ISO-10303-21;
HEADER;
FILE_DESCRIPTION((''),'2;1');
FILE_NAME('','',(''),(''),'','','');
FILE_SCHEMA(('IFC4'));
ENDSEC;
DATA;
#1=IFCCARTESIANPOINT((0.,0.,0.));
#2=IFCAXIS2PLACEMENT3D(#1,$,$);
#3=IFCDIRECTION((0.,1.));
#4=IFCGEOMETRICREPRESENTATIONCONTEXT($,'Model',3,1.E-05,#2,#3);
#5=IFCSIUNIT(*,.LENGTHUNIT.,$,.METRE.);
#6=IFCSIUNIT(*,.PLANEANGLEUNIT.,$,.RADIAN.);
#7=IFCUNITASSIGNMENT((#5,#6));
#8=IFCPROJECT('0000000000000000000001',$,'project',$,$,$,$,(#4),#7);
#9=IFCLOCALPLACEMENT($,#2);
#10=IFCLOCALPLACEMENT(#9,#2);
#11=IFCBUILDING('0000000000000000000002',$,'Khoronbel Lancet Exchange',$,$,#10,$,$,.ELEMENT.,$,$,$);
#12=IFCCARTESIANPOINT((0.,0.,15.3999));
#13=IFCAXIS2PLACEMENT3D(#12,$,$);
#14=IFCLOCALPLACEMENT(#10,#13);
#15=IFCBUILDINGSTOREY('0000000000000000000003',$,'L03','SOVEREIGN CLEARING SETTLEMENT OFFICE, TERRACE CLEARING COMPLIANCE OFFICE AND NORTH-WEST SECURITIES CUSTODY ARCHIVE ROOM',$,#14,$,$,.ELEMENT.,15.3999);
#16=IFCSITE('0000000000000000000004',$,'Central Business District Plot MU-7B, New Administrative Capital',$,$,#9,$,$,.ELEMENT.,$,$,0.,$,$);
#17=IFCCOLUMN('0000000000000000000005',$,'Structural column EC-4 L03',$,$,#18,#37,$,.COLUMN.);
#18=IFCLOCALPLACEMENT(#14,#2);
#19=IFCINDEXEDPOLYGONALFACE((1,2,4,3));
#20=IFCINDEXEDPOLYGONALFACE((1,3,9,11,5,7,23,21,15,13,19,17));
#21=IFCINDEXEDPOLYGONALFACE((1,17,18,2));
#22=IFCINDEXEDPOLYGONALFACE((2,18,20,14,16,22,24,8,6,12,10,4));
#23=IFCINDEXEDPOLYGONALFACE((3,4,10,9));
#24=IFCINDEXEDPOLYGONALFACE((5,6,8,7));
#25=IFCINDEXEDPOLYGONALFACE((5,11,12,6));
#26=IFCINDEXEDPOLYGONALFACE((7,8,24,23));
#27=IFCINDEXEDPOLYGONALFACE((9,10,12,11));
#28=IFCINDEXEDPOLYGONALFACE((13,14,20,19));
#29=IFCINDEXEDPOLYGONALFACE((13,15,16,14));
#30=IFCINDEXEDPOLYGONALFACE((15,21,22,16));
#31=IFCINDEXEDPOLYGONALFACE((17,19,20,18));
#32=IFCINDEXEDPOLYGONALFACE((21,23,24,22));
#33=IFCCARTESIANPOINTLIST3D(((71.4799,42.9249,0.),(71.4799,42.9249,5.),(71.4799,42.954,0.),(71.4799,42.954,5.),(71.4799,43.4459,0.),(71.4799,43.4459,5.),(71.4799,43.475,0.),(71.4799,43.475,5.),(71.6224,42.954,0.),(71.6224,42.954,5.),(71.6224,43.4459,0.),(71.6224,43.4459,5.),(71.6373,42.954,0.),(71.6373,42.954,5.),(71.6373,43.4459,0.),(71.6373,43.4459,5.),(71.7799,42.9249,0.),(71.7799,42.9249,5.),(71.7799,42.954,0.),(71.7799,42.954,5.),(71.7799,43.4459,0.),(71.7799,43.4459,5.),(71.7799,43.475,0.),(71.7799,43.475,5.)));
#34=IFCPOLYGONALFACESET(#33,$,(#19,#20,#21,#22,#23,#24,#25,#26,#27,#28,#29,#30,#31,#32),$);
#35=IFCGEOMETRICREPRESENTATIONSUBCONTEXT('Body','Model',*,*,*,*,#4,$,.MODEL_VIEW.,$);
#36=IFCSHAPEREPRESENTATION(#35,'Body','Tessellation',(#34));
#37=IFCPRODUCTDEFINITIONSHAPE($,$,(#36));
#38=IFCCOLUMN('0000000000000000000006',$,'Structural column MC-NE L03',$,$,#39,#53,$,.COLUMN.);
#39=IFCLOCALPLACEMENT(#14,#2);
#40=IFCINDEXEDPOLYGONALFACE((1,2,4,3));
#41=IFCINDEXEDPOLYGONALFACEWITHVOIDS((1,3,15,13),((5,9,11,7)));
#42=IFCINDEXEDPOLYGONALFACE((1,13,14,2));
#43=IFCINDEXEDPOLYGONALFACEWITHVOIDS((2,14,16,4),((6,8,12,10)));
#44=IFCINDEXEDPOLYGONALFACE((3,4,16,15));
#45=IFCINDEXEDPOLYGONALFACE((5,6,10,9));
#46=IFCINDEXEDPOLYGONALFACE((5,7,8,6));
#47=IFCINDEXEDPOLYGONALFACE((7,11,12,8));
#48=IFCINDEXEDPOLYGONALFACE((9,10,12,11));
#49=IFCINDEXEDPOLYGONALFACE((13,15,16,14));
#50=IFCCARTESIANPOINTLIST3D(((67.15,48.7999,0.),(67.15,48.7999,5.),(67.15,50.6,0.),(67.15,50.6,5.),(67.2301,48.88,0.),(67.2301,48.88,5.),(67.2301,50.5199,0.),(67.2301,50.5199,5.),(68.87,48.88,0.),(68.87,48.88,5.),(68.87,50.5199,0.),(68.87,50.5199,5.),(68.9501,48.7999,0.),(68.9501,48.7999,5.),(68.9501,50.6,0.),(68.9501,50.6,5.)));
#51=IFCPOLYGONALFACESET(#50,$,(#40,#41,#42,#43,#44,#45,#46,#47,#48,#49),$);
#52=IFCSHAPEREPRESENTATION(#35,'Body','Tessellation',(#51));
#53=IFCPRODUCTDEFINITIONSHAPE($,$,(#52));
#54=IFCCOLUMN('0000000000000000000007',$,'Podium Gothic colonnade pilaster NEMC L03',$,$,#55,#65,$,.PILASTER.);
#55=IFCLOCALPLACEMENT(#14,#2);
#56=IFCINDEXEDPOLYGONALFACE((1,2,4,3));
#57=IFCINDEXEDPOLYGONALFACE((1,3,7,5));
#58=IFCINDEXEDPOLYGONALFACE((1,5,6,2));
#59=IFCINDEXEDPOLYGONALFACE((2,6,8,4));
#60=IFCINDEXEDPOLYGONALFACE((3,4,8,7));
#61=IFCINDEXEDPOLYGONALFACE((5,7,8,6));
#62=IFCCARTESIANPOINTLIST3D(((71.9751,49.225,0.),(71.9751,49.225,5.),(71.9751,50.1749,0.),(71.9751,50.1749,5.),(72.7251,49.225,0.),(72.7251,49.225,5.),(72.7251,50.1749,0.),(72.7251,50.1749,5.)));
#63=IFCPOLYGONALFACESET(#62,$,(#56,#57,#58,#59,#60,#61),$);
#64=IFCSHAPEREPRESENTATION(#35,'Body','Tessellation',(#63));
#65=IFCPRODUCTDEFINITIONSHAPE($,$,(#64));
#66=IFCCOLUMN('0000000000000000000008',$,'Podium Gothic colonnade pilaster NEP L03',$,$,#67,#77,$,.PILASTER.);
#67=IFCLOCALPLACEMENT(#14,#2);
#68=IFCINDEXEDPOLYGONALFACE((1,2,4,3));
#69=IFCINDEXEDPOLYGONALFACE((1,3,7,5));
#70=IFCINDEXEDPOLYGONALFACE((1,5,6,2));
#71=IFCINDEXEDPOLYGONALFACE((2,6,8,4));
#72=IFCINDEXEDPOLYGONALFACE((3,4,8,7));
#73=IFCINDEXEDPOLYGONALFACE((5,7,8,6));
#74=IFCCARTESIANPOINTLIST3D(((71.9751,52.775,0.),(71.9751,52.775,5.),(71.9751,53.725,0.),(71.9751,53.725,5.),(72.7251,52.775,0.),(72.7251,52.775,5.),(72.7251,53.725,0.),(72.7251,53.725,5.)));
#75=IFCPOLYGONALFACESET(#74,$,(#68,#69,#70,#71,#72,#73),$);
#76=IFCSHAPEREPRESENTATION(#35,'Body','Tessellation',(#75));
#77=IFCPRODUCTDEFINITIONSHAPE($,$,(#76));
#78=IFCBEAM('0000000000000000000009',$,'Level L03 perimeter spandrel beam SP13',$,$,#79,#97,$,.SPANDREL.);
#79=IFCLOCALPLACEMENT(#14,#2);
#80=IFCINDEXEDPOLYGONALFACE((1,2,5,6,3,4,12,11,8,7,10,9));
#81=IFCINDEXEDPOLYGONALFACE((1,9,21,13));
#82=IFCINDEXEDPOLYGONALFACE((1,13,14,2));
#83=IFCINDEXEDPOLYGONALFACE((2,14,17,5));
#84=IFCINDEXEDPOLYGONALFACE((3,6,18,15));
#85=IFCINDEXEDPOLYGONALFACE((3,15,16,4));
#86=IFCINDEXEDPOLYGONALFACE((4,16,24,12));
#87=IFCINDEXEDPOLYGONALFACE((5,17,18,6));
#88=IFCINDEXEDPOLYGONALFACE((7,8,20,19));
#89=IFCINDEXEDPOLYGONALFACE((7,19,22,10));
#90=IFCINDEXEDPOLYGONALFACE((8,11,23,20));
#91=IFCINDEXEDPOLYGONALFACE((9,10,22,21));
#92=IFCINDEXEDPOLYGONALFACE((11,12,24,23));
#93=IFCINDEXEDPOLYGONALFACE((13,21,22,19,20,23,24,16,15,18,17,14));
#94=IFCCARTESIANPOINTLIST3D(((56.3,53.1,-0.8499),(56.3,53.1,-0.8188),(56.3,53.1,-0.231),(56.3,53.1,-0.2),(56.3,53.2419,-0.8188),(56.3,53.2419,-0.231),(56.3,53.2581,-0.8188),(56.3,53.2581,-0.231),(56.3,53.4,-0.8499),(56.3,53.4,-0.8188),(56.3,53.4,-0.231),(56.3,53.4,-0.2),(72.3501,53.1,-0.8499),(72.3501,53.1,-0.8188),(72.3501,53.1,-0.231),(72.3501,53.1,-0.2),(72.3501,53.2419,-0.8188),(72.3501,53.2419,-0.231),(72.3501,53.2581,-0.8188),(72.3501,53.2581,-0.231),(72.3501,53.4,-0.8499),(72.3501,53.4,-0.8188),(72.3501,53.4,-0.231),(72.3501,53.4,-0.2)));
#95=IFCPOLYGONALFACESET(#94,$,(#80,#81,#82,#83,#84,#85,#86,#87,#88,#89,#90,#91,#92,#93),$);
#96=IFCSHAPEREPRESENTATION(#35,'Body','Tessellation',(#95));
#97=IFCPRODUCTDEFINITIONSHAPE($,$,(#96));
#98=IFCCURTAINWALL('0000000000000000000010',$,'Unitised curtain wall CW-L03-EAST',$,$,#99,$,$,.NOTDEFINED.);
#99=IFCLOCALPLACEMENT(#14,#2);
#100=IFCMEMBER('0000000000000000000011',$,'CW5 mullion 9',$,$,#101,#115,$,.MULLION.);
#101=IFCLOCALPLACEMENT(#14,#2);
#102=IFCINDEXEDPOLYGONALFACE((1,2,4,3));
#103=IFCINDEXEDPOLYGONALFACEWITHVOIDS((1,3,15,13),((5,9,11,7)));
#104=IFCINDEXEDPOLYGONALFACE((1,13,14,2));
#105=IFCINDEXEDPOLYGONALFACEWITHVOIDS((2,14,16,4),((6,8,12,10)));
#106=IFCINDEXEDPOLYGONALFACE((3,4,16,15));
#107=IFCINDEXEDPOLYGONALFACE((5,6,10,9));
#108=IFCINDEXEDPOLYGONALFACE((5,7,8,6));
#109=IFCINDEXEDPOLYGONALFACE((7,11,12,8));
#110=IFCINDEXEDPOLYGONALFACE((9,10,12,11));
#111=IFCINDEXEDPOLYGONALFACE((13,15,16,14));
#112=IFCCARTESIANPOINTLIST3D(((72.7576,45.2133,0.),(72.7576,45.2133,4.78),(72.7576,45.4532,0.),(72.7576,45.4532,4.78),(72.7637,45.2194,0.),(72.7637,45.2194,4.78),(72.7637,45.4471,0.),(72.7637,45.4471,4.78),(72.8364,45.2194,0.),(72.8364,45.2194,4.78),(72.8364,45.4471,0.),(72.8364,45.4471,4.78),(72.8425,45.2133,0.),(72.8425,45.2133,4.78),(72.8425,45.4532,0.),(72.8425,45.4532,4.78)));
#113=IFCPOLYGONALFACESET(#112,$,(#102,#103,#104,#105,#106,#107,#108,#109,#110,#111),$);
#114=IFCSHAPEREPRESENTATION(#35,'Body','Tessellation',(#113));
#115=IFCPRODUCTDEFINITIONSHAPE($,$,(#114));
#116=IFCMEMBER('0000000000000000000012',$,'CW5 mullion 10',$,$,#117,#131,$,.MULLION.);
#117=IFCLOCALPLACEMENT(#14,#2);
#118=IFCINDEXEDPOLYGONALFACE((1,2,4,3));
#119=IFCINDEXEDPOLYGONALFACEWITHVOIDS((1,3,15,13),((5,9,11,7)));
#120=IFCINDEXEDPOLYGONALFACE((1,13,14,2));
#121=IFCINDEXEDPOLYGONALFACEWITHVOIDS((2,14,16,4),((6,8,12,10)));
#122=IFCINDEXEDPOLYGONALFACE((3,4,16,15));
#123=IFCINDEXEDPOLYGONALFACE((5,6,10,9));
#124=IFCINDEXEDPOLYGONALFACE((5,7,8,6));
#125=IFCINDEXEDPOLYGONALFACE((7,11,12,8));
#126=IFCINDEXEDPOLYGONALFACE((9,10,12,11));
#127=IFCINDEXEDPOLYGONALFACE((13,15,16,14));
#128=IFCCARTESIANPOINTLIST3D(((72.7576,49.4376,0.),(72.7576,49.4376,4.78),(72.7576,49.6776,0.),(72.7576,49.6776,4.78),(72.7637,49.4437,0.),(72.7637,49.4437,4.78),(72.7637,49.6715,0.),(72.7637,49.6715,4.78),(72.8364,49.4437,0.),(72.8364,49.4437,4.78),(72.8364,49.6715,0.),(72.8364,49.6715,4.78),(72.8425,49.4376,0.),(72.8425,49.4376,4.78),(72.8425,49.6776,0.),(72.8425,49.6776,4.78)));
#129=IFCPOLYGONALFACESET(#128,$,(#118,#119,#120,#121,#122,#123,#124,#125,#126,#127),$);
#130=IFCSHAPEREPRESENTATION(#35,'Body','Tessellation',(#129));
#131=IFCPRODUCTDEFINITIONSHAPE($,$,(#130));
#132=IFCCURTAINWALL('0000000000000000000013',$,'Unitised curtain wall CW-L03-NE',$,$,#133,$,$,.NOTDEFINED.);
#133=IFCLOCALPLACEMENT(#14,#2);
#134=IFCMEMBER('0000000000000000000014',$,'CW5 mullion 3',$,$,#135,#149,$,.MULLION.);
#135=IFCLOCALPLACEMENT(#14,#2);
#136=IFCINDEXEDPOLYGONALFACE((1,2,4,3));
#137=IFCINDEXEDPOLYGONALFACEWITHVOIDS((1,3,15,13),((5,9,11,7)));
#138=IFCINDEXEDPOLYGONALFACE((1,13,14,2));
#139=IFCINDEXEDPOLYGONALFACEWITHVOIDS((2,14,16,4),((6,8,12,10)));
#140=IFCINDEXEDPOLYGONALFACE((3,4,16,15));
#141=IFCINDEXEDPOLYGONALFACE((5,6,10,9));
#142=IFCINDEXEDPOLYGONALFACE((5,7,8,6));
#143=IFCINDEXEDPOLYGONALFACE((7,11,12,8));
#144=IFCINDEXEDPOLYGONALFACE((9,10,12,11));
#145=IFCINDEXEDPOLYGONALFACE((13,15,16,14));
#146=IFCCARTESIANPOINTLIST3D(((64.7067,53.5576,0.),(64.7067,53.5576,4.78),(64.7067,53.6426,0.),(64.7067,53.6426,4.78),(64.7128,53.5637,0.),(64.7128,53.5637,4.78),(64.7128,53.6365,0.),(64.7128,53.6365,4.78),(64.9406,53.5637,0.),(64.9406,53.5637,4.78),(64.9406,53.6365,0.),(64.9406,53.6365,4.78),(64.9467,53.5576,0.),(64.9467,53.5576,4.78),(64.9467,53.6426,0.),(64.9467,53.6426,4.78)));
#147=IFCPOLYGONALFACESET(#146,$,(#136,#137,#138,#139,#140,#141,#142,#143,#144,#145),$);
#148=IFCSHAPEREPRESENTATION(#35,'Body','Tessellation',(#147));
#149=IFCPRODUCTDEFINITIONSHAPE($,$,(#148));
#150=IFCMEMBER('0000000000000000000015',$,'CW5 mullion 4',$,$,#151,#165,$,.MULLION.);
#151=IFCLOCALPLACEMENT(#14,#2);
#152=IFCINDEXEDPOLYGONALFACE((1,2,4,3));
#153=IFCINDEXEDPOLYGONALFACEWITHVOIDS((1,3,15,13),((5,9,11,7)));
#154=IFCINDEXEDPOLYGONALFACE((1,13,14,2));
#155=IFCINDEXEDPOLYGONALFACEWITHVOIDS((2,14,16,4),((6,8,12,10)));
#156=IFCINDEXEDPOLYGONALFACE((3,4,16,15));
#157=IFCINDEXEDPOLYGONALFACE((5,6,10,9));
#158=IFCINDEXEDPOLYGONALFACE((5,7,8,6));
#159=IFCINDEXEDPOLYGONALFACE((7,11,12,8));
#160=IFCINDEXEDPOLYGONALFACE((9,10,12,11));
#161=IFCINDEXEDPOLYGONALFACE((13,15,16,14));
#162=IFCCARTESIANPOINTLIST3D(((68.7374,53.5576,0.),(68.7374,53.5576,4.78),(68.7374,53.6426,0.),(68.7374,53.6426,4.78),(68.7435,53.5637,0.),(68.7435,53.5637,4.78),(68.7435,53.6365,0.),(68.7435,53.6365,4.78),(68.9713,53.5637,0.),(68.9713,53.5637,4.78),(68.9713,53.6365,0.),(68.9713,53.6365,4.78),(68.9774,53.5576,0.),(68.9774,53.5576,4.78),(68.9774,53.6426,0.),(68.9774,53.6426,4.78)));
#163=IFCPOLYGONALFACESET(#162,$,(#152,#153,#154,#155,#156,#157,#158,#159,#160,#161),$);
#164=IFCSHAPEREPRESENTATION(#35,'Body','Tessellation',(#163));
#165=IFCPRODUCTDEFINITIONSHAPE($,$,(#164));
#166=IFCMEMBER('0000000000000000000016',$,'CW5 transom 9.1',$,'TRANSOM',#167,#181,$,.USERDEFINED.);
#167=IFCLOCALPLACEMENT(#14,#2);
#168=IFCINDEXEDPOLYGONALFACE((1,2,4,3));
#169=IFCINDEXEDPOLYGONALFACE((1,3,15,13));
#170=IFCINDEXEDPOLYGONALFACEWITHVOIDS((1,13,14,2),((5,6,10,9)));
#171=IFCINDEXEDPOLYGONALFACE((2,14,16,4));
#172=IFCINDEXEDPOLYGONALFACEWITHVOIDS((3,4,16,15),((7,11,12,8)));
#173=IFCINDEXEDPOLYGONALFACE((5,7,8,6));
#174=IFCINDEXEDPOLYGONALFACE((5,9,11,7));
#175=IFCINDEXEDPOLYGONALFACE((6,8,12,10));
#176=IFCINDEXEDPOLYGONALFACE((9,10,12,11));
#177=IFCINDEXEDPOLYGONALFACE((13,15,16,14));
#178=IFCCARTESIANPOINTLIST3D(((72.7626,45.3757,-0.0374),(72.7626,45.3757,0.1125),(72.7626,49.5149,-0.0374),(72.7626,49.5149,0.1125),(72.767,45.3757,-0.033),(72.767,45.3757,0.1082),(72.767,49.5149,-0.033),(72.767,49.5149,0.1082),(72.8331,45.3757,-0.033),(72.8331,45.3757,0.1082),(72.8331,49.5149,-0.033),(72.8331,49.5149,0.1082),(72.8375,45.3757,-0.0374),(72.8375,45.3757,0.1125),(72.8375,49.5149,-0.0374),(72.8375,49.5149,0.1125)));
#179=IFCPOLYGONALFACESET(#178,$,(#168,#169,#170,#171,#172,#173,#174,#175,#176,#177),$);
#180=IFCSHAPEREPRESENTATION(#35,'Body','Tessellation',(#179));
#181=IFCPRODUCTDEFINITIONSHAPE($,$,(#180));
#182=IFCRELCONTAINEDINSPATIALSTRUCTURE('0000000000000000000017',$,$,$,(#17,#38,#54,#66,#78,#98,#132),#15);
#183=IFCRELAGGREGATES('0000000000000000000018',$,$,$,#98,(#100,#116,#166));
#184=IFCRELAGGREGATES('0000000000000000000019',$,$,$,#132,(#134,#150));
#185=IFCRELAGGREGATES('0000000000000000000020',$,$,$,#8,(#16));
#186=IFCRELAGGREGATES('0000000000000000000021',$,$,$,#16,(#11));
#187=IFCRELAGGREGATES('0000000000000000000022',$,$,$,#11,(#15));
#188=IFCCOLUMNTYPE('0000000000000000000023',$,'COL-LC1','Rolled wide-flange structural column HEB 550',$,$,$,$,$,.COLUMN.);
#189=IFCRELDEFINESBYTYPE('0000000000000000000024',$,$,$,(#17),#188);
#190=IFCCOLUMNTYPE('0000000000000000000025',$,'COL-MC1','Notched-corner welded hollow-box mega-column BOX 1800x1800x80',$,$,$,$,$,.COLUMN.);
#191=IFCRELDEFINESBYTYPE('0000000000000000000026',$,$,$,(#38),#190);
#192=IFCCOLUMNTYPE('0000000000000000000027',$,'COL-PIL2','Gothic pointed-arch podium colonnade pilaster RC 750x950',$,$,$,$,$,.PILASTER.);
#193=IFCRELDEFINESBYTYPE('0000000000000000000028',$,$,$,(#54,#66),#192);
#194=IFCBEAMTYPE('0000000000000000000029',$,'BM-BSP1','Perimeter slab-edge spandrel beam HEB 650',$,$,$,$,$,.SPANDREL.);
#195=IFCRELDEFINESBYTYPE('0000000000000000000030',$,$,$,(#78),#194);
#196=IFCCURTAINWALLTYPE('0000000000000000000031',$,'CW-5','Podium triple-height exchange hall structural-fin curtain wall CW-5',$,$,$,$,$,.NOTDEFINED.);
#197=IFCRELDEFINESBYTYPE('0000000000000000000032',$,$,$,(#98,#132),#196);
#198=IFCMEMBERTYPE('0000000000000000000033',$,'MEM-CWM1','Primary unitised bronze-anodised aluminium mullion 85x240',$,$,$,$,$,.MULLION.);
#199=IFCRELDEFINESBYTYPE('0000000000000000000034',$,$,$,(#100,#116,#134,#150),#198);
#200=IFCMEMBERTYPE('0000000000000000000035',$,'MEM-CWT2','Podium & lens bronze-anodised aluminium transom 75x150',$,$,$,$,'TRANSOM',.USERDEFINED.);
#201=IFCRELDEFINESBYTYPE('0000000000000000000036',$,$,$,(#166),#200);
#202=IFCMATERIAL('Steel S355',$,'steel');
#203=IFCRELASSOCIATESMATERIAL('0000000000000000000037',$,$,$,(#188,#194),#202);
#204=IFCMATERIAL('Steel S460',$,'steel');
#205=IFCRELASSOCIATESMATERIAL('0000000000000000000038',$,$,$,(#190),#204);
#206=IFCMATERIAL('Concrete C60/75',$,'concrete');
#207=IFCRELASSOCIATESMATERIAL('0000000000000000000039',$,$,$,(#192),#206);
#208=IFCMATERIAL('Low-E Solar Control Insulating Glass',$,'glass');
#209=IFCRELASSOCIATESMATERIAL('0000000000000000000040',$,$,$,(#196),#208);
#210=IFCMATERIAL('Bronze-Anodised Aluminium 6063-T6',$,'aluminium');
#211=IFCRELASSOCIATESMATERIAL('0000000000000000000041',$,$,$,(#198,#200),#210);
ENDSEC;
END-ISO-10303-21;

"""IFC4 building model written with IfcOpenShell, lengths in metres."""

from ifc_helpers import new_model, si_unit, direction, frame, origin, origin_2d, place, context, subcontext, project, spatial, rectangle, hollow_rectangle, i_section, extrude, material, material_profile, profile_set, type_object, element, aggregate, save


model = new_model("IFC4")

# Units and contexts
model_context = context("Model", 3, precision=1e-05, world=origin(), true_north=direction((0.0, 1.0)))
body_context = subcontext(model_context, "Body", "Model", "MODEL_VIEW")
ifc_project = project(units=[si_unit("LENGTHUNIT", "METRE"), si_unit("PLANEANGLEUNIT", "RADIAN")], contexts=[model_context])

# Site, building, storey
site_placement = place(None, origin())
site = spatial("IfcSite", under=ifc_project, at=site_placement, Name="Central Business District Plot MU-7B, New Administrative Capital", CompositionType="ELEMENT", RefElevation=0.0)
building_placement = place(site_placement, origin())
building = spatial("IfcBuilding", under=site, at=building_placement, Name="Khoronbel Lancet Exchange", CompositionType="ELEMENT")
storey_placement = place(building_placement, frame((0.0, 0.0, 15.3999)))
storey = spatial("IfcBuildingStorey", under=building, at=storey_placement, Name="L03", Description="SOVEREIGN CLEARING SETTLEMENT OFFICE, TERRACE CLEARING COMPLIANCE OFFICE AND NORTH-WEST SECURITIES CUSTODY ARCHIVE ROOM", CompositionType="ELEMENT", Elevation=15.3999)

# Columns
ifc_material_1 = material(Name="Steel S355", Category="steel")
ifc_material_profile_1 = material_profile(ifc_material_1, i_section(OverallWidth=0.3, OverallDepth=0.55, WebThickness=0.0149, FlangeThickness=0.0291, at=origin_2d()), Name="HEB 550")
ifc_profile_set_1 = profile_set([ifc_material_profile_1], Name="Steel S355")
column_type_1 = type_object("IfcColumnType", Name="COL-LC1", Description="Rolled wide-flange structural column HEB 550", PredefinedType="COLUMN", material=ifc_profile_set_1)
column_1_placement = place(storey_placement, frame((71.6299, 43.2, 0.0), z_axis=(0.0, 0.0, 1.0), x_axis=(1.0, 0.0, 0.0)))
element("IfcColumn", 1, at=column_1_placement, inside=storey, type_object=column_type_1, Name="Structural column EC-4 L03", PredefinedType="COLUMN", context=body_context, shape_type="SweptSolid", body=[
    extrude(i_section(OverallWidth=0.3, OverallDepth=0.55, WebThickness=0.0149, FlangeThickness=0.0291, at=origin_2d()), origin(), (0.0, 0.0, 1.0), 5.0),
])
ifc_material_2 = material(Name="Steel S460", Category="steel")
ifc_material_profile_2 = material_profile(ifc_material_2, hollow_rectangle(XDim=1.8, YDim=1.8, WallThickness=0.0801, at=origin_2d()), Name="BOX 1800x1800x80")
ifc_profile_set_2 = profile_set([ifc_material_profile_2], Name="Steel S460")
column_type_2 = type_object("IfcColumnType", Name="COL-MC1", Description="Notched-corner welded hollow-box mega-column BOX 1800x1800x80", PredefinedType="COLUMN", material=ifc_profile_set_2)
column_2_placement = place(storey_placement, frame((68.05, 49.7, 0.0), z_axis=(0.0, 0.0, 1.0), x_axis=(1.0, 0.0, 0.0)))
element("IfcColumn", 2, at=column_2_placement, inside=storey, type_object=column_type_2, Name="Structural column MC-NE L03", PredefinedType="COLUMN", context=body_context, shape_type="SweptSolid", body=[
    extrude(hollow_rectangle(XDim=1.8, YDim=1.8, WallThickness=0.0801, at=origin_2d()), origin(), (0.0, 0.0, 1.0), 5.0),
])
ifc_material_3 = material(Name="Concrete C60/75", Category="concrete")
ifc_material_profile_3 = material_profile(ifc_material_3, rectangle(XDim=0.75, YDim=0.95, at=origin_2d()), Name="RC 750x950")
ifc_profile_set_3 = profile_set([ifc_material_profile_3], Name="Concrete C60/75")
column_type_3 = type_object("IfcColumnType", Name="COL-PIL2", Description="Gothic pointed-arch podium colonnade pilaster RC 750x950", PredefinedType="PILASTER", material=ifc_profile_set_3)
for number, where, z_axis, x_axis, name in (
    (3, (72.3501, 49.7, 0.0), (0.0, 0.0, 1.0), (1.0, 0.0, 0.0), "Podium Gothic colonnade pilaster NEMC L03"),
    (4, (72.3501, 53.25, 0.0), (0.0, 0.0, 1.0), (1.0, 0.0, 0.0), "Podium Gothic colonnade pilaster NEP L03"),
):
    element("IfcColumn", number, at=place(storey_placement, frame(where, z_axis=z_axis, x_axis=x_axis)), inside=storey, type_object=column_type_3, Name=name, PredefinedType="PILASTER", context=body_context, shape_type="SweptSolid", body=[
        extrude(rectangle(XDim=0.75, YDim=0.95, at=origin_2d()), origin(), (0.0, 0.0, 1.0), 5.0),
    ])

# Beam
ifc_material_profile_4 = material_profile(ifc_material_1, i_section(OverallWidth=0.3, OverallDepth=0.6499, WebThickness=0.0161, FlangeThickness=0.031, at=origin_2d()), Name="HEB 650")
ifc_profile_set_4 = profile_set([ifc_material_profile_4], Name="Steel S355")
beam_type = type_object("IfcBeamType", Name="BM-BSP1", Description="Perimeter slab-edge spandrel beam HEB 650", PredefinedType="SPANDREL", material=ifc_profile_set_4)
beam_placement = place(storey_placement, frame((72.3501, 53.25, -0.5249), z_axis=(-1.0, 0.0, 0.0), x_axis=(0.0, -1.0, 0.0)))
element("IfcBeam", 5, at=beam_placement, inside=storey, type_object=beam_type, Name="Level L03 perimeter spandrel beam SP13", PredefinedType="SPANDREL", context=body_context, shape_type="SweptSolid", body=[
    extrude(i_section(OverallWidth=0.3, OverallDepth=0.6499, WebThickness=0.0161, FlangeThickness=0.031, at=origin_2d()), origin(), (0.0, 0.0, 1.0), 16.05),
])

# Curtain walls, members
ifc_material_4 = material(Name="Low-E Solar Control Insulating Glass", Category="glass")
curtain_wall_type = type_object("IfcCurtainWallType", Name="CW-5", Description="Podium triple-height exchange hall structural-fin curtain wall CW-5", PredefinedType="NOTDEFINED", material=ifc_material_4)
curtain_wall_1_placement = place(storey_placement, origin())
curtain_wall_1 = element("IfcCurtainWall", 6, at=curtain_wall_1_placement, inside=storey, type_object=curtain_wall_type, Name="Unitised curtain wall CW-L03-EAST", PredefinedType="NOTDEFINED")
ifc_material_5 = material(Name="Bronze-Anodised Aluminium 6063-T6", Category="aluminium")
ifc_material_profile_5 = material_profile(ifc_material_5, hollow_rectangle(XDim=0.085, YDim=0.24, WallThickness=0.0061, at=origin_2d()), Name="ALU MULLION 85x240")
ifc_profile_set_5 = profile_set([ifc_material_profile_5], Name="Bronze-Anodised Aluminium 6063-T6")
member_type_1 = type_object("IfcMemberType", Name="MEM-CWM1", Description="Primary unitised bronze-anodised aluminium mullion 85x240", PredefinedType="MULLION", material=ifc_profile_set_5)
member_1_placement = place(storey_placement, frame((72.8, 45.3333, 0.0), z_axis=(0.0, 0.0, 1.0), x_axis=(-1.0, 0.0, 0.0)))
member_1 = element("IfcMember", 7, at=member_1_placement, type_object=member_type_1, Name="CW5 mullion 9", PredefinedType="MULLION", context=body_context, shape_type="SweptSolid", body=[
    extrude(hollow_rectangle(XDim=0.085, YDim=0.24, WallThickness=0.0061, at=origin_2d()), origin(), (0.0, 0.0, 1.0), 4.78),
])
member_2_placement = place(storey_placement, frame((72.8, 49.5576, 0.0), z_axis=(0.0, 0.0, 1.0), x_axis=(-1.0, 0.0, 0.0)))
member_2 = element("IfcMember", 8, at=member_2_placement, type_object=member_type_1, Name="CW5 mullion 10", PredefinedType="MULLION", context=body_context, shape_type="SweptSolid", body=[
    extrude(hollow_rectangle(XDim=0.085, YDim=0.24, WallThickness=0.0061, at=origin_2d()), origin(), (0.0, 0.0, 1.0), 4.78),
])
curtain_wall_2_placement = place(storey_placement, origin())
curtain_wall_2 = element("IfcCurtainWall", 9, at=curtain_wall_2_placement, inside=storey, type_object=curtain_wall_type, Name="Unitised curtain wall CW-L03-NE", PredefinedType="NOTDEFINED")
member_3_placement = place(storey_placement, frame((64.8267, 53.6001, 0.0), z_axis=(0.0, 0.0, 1.0), x_axis=(0.0, 1.0, 0.0)))
member_3 = element("IfcMember", 10, at=member_3_placement, type_object=member_type_1, Name="CW5 mullion 3", PredefinedType="MULLION", context=body_context, shape_type="SweptSolid", body=[
    extrude(hollow_rectangle(XDim=0.085, YDim=0.24, WallThickness=0.0061, at=origin_2d()), origin(), (0.0, 0.0, 1.0), 4.78),
])
member_4_placement = place(storey_placement, frame((68.8574, 53.6001, 0.0), z_axis=(0.0, 0.0, 1.0), x_axis=(0.0, 1.0, 0.0)))
member_4 = element("IfcMember", 11, at=member_4_placement, type_object=member_type_1, Name="CW5 mullion 4", PredefinedType="MULLION", context=body_context, shape_type="SweptSolid", body=[
    extrude(hollow_rectangle(XDim=0.085, YDim=0.24, WallThickness=0.0061, at=origin_2d()), origin(), (0.0, 0.0, 1.0), 4.78),
])

# Member
ifc_material_profile_6 = material_profile(ifc_material_5, hollow_rectangle(XDim=0.075, YDim=0.1499, WallThickness=0.0044, at=origin_2d()), Name="ALU TRANSOM 75x150")
ifc_profile_set_6 = profile_set([ifc_material_profile_6], Name="Bronze-Anodised Aluminium 6063-T6")
member_type_2 = type_object("IfcMemberType", Name="MEM-CWT2", Description="Podium & lens bronze-anodised aluminium transom 75x150", ElementType="TRANSOM", PredefinedType="USERDEFINED", material=ifc_profile_set_6)
member_5_placement = place(storey_placement, frame((72.8, 45.3757, 0.0376), z_axis=(0.0, 1.0, 0.0), x_axis=(-1.0, 0.0, 0.0)))
member_5 = element("IfcMember", 12, at=member_5_placement, type_object=member_type_2, Name="CW5 transom 9.1", ObjectType="TRANSOM", PredefinedType="USERDEFINED", context=body_context, shape_type="SweptSolid", body=[
    extrude(hollow_rectangle(XDim=0.075, YDim=0.1499, WallThickness=0.0044, at=origin_2d()), origin(), (0.0, 0.0, 1.0), 4.1392),
])

aggregate(curtain_wall_1, [member_1, member_2, member_5])
aggregate(curtain_wall_2, [member_3, member_4])

save(model, "model.ifc")
